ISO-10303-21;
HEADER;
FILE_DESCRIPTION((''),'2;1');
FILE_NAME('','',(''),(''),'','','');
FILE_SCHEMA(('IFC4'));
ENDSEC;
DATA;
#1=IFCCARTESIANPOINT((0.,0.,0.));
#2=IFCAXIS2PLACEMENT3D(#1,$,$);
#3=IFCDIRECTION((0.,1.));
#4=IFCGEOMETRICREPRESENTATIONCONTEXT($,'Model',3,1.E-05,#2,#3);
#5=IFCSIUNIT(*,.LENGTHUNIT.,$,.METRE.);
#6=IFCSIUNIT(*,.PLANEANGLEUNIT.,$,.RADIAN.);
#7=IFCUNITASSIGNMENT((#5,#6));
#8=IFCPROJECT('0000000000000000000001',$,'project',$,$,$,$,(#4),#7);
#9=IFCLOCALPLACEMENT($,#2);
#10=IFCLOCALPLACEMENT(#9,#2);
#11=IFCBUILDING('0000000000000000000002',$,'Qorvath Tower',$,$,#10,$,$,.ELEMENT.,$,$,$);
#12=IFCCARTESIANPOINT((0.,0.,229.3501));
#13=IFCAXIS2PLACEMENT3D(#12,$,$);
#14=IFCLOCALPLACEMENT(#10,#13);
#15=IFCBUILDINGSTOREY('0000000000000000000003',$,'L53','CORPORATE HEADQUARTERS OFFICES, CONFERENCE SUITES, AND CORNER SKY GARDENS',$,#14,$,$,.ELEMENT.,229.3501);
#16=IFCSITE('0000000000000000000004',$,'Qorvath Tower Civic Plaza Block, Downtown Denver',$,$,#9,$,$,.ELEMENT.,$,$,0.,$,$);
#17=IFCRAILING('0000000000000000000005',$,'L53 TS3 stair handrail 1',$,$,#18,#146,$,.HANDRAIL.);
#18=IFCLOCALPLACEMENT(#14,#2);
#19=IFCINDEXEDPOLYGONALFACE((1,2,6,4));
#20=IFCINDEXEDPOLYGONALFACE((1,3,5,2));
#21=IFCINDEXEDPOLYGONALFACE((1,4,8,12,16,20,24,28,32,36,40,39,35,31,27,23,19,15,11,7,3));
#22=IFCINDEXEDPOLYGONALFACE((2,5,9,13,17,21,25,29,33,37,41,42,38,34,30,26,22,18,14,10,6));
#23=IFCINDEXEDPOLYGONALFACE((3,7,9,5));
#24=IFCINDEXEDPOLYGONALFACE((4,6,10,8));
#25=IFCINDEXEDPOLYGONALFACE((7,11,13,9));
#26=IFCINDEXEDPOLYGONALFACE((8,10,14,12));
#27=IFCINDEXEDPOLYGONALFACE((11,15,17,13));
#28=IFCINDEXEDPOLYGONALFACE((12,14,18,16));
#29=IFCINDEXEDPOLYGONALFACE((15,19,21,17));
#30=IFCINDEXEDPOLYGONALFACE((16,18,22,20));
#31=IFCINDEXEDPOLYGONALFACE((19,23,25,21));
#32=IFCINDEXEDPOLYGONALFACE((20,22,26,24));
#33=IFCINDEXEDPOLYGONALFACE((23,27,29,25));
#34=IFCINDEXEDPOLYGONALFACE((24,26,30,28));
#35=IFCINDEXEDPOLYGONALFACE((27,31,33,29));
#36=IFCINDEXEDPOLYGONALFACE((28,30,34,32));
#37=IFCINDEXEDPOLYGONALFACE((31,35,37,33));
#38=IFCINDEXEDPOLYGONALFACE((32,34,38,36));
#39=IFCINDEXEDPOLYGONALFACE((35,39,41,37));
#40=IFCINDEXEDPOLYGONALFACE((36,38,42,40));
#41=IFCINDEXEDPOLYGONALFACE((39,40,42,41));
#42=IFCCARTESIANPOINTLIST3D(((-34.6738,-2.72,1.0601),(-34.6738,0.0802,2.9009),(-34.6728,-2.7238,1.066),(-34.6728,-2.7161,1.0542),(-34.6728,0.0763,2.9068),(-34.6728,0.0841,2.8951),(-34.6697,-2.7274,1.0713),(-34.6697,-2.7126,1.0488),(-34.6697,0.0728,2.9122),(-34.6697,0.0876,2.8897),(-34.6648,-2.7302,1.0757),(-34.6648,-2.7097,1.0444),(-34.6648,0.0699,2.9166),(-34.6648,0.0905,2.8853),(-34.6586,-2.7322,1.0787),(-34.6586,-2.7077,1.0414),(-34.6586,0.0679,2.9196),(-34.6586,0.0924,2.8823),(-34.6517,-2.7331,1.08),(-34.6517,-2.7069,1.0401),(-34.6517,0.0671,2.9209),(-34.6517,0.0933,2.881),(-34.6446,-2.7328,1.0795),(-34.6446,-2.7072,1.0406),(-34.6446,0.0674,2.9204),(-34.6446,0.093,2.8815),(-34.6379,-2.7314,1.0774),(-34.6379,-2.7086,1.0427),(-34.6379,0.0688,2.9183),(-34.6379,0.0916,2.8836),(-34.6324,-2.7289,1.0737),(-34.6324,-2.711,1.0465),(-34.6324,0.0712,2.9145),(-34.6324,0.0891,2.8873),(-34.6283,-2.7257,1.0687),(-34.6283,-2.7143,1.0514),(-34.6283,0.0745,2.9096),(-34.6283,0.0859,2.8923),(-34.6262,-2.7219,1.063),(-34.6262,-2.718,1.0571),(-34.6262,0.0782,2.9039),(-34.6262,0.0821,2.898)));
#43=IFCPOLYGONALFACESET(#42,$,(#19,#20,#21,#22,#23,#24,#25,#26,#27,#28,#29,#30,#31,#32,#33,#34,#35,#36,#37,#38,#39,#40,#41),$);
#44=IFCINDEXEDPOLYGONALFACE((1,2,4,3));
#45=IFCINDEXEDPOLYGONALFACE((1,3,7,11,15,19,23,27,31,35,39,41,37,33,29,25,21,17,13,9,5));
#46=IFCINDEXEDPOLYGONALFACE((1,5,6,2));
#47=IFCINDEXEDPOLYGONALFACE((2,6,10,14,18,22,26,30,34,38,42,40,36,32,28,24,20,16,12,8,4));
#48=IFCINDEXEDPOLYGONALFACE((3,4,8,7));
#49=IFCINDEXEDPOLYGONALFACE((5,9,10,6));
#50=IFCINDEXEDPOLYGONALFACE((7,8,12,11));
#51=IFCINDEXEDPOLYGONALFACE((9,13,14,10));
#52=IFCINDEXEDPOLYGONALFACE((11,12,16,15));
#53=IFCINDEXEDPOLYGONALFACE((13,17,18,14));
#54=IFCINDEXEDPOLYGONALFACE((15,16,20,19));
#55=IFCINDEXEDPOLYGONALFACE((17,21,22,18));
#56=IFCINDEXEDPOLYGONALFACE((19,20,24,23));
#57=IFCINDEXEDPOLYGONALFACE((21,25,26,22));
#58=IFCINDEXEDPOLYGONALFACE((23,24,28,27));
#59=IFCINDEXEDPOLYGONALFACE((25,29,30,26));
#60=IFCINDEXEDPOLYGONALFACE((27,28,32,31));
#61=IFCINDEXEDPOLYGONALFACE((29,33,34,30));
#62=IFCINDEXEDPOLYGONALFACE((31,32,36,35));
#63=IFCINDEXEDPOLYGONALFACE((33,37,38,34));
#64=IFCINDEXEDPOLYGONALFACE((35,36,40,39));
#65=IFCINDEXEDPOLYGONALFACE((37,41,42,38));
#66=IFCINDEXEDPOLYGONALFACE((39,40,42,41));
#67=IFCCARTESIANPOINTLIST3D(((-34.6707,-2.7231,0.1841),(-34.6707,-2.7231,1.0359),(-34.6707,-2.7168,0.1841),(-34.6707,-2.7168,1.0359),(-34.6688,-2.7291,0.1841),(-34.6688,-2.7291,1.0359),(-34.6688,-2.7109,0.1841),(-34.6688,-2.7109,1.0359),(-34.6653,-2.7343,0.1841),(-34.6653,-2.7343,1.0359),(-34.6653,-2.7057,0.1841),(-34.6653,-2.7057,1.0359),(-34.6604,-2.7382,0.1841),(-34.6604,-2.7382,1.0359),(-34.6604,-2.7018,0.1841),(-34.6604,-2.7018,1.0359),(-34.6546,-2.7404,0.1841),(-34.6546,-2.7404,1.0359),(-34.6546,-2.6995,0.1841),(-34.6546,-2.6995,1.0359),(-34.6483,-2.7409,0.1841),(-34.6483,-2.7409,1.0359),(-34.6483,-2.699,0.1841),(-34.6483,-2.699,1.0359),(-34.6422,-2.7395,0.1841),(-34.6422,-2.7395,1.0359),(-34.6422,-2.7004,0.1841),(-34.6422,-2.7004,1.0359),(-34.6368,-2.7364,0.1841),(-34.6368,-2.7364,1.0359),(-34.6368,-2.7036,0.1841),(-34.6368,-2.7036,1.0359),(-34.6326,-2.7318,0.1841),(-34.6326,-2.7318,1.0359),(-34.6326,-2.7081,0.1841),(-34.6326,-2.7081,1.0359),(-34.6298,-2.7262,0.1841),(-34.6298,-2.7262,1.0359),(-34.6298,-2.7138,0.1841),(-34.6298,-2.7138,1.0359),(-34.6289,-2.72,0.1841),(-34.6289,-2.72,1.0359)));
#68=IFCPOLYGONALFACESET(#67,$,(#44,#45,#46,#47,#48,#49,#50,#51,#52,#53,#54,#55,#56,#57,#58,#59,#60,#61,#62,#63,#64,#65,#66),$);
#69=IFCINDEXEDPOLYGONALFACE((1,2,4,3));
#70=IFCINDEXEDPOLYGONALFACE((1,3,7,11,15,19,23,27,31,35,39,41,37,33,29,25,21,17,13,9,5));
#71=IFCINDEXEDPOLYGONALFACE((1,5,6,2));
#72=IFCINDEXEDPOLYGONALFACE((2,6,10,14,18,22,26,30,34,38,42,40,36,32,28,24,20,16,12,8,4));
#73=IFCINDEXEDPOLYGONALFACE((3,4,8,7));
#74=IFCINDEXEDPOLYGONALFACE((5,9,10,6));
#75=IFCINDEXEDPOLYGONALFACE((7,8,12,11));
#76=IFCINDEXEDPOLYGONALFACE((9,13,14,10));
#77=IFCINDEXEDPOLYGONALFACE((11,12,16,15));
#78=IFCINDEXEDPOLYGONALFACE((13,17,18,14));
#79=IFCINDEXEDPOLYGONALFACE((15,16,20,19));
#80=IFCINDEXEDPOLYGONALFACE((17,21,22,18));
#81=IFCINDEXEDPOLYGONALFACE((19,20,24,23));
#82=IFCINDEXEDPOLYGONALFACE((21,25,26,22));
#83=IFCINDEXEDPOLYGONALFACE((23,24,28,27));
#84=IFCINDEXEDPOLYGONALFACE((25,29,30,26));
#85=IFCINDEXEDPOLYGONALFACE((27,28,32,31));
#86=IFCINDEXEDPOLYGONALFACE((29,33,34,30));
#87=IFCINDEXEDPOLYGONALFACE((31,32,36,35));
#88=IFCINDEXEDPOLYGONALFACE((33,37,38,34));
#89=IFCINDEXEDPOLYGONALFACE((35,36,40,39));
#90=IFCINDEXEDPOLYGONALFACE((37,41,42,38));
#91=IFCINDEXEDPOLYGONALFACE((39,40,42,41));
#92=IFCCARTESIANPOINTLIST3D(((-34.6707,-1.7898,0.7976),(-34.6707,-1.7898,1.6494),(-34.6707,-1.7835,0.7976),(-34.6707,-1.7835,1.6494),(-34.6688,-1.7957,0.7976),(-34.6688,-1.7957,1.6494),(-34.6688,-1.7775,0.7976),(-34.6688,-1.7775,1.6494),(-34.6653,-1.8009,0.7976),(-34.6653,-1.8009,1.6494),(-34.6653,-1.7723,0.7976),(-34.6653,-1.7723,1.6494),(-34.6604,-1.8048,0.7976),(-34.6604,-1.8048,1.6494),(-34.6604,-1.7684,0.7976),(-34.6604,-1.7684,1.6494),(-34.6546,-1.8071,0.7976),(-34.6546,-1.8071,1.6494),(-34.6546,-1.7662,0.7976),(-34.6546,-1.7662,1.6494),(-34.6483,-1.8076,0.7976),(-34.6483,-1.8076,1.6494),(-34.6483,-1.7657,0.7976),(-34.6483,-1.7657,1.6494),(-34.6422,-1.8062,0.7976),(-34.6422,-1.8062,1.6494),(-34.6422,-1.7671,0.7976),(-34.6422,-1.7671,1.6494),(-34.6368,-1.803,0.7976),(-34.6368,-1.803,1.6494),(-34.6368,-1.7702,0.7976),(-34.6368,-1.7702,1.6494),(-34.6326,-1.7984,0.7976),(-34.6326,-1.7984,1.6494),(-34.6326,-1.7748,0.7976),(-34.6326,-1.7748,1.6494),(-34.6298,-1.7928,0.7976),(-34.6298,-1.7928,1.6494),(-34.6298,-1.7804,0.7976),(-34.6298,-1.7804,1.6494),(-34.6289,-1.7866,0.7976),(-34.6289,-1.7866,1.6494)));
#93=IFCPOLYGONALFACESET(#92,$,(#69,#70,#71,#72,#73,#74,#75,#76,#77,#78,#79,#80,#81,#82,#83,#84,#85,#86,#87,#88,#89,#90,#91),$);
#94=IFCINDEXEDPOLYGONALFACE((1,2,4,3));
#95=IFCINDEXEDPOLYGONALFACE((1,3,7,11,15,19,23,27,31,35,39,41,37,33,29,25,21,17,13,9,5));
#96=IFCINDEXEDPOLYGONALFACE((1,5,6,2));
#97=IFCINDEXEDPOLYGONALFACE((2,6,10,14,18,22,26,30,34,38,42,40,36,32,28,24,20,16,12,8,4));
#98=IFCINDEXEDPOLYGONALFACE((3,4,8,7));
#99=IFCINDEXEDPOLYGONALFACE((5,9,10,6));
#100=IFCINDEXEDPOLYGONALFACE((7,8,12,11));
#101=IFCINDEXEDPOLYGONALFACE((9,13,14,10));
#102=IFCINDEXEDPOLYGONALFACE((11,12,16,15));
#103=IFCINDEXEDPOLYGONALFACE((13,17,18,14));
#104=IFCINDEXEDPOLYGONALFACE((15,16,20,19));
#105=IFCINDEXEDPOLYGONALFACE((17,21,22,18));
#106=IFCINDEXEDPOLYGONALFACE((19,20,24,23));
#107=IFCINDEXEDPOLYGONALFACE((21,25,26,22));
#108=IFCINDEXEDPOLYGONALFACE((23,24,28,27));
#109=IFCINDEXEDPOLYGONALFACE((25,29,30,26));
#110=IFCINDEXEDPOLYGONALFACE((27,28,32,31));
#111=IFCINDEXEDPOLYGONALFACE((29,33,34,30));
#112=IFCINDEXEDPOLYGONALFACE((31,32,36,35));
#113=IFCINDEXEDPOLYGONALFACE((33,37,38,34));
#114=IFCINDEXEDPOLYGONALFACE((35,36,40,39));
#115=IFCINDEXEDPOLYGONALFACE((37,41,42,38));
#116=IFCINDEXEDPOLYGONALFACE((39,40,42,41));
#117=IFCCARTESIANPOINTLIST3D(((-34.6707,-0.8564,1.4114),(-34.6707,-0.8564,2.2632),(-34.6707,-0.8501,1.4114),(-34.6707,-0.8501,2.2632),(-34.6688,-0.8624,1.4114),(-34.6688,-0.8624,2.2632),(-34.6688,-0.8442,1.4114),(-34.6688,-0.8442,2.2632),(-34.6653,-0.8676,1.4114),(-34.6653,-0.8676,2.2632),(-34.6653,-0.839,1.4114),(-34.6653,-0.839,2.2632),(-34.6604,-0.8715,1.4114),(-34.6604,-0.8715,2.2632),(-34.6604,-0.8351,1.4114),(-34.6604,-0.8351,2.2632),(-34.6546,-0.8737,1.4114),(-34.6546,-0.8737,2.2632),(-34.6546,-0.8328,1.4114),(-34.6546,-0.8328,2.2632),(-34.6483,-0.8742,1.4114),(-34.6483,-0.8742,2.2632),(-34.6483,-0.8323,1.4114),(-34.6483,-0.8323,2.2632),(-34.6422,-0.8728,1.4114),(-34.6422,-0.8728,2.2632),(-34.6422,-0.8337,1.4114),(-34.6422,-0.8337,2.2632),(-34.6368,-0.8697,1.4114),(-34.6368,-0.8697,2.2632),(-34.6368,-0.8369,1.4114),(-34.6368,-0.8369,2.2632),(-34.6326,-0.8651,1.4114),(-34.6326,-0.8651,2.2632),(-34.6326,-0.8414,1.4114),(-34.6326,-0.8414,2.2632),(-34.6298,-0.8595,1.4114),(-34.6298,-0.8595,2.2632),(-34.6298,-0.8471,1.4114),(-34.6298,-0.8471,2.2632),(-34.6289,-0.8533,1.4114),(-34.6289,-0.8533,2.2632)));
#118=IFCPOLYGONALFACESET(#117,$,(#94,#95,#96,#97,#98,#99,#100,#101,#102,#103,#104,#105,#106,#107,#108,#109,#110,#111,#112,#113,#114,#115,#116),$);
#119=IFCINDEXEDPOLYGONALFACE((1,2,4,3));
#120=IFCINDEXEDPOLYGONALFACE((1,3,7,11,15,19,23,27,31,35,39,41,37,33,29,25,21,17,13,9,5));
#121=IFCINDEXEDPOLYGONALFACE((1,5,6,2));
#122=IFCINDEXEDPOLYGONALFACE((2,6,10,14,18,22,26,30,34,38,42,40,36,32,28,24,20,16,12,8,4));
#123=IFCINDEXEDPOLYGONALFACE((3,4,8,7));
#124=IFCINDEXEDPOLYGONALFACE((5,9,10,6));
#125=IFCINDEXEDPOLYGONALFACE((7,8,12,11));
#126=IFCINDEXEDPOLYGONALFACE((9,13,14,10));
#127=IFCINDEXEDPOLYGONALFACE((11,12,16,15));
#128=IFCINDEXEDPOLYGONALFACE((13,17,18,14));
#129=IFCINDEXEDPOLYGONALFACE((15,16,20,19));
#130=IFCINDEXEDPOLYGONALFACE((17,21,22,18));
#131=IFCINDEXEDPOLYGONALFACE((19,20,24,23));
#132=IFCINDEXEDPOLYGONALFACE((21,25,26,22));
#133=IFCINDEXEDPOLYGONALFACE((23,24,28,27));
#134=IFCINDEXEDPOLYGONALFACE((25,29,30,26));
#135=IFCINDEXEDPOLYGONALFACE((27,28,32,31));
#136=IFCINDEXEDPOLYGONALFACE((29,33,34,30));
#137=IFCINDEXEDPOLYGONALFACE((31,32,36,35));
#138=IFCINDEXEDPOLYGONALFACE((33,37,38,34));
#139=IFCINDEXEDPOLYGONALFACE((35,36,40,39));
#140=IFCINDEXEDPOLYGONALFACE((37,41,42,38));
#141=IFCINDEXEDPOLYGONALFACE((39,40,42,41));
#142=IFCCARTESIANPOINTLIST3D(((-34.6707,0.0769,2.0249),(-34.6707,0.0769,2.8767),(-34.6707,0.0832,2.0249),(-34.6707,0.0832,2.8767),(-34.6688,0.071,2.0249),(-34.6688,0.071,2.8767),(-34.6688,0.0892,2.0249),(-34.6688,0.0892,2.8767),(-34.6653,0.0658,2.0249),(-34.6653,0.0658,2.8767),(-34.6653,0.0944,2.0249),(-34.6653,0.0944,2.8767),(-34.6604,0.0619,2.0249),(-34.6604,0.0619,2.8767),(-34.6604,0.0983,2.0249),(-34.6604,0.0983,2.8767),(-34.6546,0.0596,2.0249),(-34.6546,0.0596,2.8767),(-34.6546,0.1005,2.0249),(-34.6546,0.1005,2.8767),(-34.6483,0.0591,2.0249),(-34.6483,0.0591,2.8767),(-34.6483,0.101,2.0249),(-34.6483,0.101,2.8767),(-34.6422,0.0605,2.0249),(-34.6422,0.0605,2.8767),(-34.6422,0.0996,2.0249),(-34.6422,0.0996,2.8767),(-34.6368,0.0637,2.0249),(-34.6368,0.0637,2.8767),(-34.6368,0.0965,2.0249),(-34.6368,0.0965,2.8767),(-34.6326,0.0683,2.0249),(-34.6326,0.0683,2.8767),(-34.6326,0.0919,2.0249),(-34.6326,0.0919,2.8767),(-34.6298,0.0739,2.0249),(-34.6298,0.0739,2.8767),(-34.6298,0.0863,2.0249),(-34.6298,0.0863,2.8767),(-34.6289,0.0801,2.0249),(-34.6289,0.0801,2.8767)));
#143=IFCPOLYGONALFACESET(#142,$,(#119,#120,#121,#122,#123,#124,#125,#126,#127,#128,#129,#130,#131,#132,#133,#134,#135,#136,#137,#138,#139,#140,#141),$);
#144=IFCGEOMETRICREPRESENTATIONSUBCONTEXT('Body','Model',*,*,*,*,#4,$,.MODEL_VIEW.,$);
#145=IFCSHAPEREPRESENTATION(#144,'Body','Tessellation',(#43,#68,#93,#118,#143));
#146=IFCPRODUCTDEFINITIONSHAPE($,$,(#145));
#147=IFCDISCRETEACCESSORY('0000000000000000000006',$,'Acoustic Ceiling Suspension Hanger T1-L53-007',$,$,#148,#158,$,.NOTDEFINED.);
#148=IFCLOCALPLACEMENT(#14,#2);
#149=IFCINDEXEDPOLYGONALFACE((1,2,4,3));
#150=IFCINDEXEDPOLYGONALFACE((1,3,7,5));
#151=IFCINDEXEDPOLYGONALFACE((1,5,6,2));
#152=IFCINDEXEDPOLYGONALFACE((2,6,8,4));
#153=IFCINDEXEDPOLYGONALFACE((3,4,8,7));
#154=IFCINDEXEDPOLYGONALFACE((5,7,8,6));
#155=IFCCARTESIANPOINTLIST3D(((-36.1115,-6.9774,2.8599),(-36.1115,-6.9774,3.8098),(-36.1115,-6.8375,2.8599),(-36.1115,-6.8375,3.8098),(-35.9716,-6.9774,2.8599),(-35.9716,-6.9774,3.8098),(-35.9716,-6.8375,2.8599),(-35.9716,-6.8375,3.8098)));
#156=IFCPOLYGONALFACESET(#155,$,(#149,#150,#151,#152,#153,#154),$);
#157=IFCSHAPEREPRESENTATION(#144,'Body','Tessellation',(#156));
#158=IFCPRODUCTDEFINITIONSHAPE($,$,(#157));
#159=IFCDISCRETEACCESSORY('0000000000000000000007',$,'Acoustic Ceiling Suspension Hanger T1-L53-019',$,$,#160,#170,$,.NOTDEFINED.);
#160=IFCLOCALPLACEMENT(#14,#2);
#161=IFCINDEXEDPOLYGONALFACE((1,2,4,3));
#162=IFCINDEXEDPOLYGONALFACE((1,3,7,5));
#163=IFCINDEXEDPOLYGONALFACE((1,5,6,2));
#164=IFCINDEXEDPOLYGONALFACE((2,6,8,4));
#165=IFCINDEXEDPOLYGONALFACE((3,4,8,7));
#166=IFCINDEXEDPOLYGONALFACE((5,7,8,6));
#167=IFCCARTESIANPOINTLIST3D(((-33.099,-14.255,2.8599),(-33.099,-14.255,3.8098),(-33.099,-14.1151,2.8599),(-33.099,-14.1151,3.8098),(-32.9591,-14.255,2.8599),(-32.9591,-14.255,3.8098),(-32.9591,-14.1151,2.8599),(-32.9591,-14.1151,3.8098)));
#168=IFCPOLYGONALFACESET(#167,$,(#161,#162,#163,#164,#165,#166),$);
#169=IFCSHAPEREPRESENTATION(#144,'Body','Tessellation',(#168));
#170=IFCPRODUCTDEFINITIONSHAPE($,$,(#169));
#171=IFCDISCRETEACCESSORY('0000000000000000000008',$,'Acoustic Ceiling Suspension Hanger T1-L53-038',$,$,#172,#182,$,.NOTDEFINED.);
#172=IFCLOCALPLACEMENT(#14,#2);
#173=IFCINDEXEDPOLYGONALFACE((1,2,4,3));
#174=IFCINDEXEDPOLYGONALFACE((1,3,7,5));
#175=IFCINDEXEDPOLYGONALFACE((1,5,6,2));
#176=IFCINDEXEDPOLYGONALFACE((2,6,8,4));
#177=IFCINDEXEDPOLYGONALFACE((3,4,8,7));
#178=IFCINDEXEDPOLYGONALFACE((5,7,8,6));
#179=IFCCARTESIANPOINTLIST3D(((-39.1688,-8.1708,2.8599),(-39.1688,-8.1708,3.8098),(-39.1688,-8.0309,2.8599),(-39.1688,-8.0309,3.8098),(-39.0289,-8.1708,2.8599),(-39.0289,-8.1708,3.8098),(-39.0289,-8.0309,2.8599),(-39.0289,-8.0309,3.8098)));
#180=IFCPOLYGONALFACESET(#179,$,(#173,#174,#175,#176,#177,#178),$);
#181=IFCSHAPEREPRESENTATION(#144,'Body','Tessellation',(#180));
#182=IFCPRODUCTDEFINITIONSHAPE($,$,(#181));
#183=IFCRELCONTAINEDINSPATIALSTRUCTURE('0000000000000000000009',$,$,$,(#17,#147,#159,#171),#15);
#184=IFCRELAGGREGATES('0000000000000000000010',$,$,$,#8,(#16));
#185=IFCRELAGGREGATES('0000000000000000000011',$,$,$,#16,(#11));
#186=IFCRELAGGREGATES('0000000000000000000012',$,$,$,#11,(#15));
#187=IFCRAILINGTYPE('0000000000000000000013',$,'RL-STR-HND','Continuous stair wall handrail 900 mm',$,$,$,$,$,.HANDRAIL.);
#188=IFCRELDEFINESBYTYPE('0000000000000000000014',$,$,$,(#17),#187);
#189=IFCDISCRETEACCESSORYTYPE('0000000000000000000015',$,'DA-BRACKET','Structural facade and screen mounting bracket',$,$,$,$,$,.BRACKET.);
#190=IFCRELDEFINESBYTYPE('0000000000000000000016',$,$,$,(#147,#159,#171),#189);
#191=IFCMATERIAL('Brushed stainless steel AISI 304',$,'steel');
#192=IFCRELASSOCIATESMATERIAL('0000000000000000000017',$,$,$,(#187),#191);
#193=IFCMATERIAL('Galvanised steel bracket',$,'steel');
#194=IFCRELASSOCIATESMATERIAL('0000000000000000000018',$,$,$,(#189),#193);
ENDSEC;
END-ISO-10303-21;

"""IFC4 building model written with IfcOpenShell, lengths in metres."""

from ifc_helpers import new_model, si_unit, direction, frame, origin, origin_2d, place, context, subcontext, project, spatial, rectangle, circle, extrude, material, type_object, element, save


model = new_model("IFC4")

# Units and contexts
model_context = context("Model", 3, precision=1e-05, world=origin(), true_north=direction((0.0, 1.0)))
body_context = subcontext(model_context, "Body", "Model", "MODEL_VIEW")
ifc_project = project(units=[si_unit("LENGTHUNIT", "METRE"), si_unit("PLANEANGLEUNIT", "RADIAN")], contexts=[model_context])

# Site, building, storey
site_placement = place(None, origin())
site = spatial("IfcSite", under=ifc_project, at=site_placement, Name="Qorvath Tower Civic Plaza Block, Downtown Denver", CompositionType="ELEMENT", RefElevation=0.0)
building_placement = place(site_placement, origin())
building = spatial("IfcBuilding", under=site, at=building_placement, Name="Qorvath Tower", CompositionType="ELEMENT")
storey_placement = place(building_placement, frame((0.0, 0.0, 229.3501)))
storey = spatial("IfcBuildingStorey", under=building, at=storey_placement, Name="L53", Description="CORPORATE HEADQUARTERS OFFICES, CONFERENCE SUITES, AND CORNER SKY GARDENS", CompositionType="ELEMENT", Elevation=229.3501)

# Railing
ifc_material_1 = material(Name="Brushed stainless steel AISI 304", Category="steel")
railing_type_1 = type_object("IfcRailingType", Name="RL-STR-HND", Description="Continuous stair wall handrail 900 mm", PredefinedType="HANDRAIL", material=ifc_material_1)
railing_1_placement = place(storey_placement, frame((-34.6499, -2.72, 0.1841)))
element("IfcRailing", 1, at=railing_1_placement, inside=storey, type_object=railing_type_1, Name="L53 TS3 stair handrail 1", PredefinedType="HANDRAIL", context=body_context, shape_type="SweptSolid", body=[
    extrude(circle(Radius=0.0239, at=origin_2d()), frame((0.0, 0.0, 0.876), z_axis=(0.0, 0.835598, 0.549342), x_axis=(-1.0, 0.0, 0.0)), (0.0, 0.0, 1.0), 3.3511),
    extrude(circle(Radius=0.021, at=origin_2d()), origin(), (0.0, 0.0, 1.0), 0.8518),
    extrude(circle(Radius=0.021, at=origin_2d()), frame((0.0, 0.9333, 0.6135)), (0.0, 0.0, 1.0), 0.8518),
    extrude(circle(Radius=0.021, at=origin_2d()), frame((0.0, 1.8667, 1.2273)), (0.0, 0.0, 1.0), 0.8518),
    extrude(circle(Radius=0.021, at=origin_2d()), frame((0.0, 2.8, 1.8408)), (0.0, 0.0, 1.0), 0.8518),
])

# Discrete accessories
ifc_material_2 = material(Name="Galvanised steel bracket", Category="steel")
discrete_accessory_type = type_object("IfcDiscreteAccessoryType", Name="DA-BRACKET", Description="Structural facade and screen mounting bracket", PredefinedType="BRACKET", material=ifc_material_2)
for number, where, z_axis, x_axis, name in (
    (2, (-36.0415, -6.9075, 2.8599), (0.0, 0.0, 1.0), (1.0, 0.0, 0.0), "Acoustic Ceiling Suspension Hanger T1-L53-007"),
    (3, (-33.0291, -14.1851, 2.8599), (0.0, 0.0, 1.0), (1.0, 0.0, 0.0), "Acoustic Ceiling Suspension Hanger T1-L53-019"),
    (4, (-39.0989, -8.1008, 2.8599), (0.0, 0.0, 1.0), (1.0, 0.0, 0.0), "Acoustic Ceiling Suspension Hanger T1-L53-038"),
):
    element("IfcDiscreteAccessory", number, at=place(storey_placement, frame(where, z_axis=z_axis, x_axis=x_axis)), inside=storey, type_object=discrete_accessory_type, Name=name, PredefinedType="NOTDEFINED", context=body_context, shape_type="SweptSolid", body=[
        extrude(rectangle(XDim=0.1399, YDim=0.1399, at=origin_2d()), origin(), (0.0, 0.0, 1.0), 0.95),
    ])

save(model, "model.ifc")
